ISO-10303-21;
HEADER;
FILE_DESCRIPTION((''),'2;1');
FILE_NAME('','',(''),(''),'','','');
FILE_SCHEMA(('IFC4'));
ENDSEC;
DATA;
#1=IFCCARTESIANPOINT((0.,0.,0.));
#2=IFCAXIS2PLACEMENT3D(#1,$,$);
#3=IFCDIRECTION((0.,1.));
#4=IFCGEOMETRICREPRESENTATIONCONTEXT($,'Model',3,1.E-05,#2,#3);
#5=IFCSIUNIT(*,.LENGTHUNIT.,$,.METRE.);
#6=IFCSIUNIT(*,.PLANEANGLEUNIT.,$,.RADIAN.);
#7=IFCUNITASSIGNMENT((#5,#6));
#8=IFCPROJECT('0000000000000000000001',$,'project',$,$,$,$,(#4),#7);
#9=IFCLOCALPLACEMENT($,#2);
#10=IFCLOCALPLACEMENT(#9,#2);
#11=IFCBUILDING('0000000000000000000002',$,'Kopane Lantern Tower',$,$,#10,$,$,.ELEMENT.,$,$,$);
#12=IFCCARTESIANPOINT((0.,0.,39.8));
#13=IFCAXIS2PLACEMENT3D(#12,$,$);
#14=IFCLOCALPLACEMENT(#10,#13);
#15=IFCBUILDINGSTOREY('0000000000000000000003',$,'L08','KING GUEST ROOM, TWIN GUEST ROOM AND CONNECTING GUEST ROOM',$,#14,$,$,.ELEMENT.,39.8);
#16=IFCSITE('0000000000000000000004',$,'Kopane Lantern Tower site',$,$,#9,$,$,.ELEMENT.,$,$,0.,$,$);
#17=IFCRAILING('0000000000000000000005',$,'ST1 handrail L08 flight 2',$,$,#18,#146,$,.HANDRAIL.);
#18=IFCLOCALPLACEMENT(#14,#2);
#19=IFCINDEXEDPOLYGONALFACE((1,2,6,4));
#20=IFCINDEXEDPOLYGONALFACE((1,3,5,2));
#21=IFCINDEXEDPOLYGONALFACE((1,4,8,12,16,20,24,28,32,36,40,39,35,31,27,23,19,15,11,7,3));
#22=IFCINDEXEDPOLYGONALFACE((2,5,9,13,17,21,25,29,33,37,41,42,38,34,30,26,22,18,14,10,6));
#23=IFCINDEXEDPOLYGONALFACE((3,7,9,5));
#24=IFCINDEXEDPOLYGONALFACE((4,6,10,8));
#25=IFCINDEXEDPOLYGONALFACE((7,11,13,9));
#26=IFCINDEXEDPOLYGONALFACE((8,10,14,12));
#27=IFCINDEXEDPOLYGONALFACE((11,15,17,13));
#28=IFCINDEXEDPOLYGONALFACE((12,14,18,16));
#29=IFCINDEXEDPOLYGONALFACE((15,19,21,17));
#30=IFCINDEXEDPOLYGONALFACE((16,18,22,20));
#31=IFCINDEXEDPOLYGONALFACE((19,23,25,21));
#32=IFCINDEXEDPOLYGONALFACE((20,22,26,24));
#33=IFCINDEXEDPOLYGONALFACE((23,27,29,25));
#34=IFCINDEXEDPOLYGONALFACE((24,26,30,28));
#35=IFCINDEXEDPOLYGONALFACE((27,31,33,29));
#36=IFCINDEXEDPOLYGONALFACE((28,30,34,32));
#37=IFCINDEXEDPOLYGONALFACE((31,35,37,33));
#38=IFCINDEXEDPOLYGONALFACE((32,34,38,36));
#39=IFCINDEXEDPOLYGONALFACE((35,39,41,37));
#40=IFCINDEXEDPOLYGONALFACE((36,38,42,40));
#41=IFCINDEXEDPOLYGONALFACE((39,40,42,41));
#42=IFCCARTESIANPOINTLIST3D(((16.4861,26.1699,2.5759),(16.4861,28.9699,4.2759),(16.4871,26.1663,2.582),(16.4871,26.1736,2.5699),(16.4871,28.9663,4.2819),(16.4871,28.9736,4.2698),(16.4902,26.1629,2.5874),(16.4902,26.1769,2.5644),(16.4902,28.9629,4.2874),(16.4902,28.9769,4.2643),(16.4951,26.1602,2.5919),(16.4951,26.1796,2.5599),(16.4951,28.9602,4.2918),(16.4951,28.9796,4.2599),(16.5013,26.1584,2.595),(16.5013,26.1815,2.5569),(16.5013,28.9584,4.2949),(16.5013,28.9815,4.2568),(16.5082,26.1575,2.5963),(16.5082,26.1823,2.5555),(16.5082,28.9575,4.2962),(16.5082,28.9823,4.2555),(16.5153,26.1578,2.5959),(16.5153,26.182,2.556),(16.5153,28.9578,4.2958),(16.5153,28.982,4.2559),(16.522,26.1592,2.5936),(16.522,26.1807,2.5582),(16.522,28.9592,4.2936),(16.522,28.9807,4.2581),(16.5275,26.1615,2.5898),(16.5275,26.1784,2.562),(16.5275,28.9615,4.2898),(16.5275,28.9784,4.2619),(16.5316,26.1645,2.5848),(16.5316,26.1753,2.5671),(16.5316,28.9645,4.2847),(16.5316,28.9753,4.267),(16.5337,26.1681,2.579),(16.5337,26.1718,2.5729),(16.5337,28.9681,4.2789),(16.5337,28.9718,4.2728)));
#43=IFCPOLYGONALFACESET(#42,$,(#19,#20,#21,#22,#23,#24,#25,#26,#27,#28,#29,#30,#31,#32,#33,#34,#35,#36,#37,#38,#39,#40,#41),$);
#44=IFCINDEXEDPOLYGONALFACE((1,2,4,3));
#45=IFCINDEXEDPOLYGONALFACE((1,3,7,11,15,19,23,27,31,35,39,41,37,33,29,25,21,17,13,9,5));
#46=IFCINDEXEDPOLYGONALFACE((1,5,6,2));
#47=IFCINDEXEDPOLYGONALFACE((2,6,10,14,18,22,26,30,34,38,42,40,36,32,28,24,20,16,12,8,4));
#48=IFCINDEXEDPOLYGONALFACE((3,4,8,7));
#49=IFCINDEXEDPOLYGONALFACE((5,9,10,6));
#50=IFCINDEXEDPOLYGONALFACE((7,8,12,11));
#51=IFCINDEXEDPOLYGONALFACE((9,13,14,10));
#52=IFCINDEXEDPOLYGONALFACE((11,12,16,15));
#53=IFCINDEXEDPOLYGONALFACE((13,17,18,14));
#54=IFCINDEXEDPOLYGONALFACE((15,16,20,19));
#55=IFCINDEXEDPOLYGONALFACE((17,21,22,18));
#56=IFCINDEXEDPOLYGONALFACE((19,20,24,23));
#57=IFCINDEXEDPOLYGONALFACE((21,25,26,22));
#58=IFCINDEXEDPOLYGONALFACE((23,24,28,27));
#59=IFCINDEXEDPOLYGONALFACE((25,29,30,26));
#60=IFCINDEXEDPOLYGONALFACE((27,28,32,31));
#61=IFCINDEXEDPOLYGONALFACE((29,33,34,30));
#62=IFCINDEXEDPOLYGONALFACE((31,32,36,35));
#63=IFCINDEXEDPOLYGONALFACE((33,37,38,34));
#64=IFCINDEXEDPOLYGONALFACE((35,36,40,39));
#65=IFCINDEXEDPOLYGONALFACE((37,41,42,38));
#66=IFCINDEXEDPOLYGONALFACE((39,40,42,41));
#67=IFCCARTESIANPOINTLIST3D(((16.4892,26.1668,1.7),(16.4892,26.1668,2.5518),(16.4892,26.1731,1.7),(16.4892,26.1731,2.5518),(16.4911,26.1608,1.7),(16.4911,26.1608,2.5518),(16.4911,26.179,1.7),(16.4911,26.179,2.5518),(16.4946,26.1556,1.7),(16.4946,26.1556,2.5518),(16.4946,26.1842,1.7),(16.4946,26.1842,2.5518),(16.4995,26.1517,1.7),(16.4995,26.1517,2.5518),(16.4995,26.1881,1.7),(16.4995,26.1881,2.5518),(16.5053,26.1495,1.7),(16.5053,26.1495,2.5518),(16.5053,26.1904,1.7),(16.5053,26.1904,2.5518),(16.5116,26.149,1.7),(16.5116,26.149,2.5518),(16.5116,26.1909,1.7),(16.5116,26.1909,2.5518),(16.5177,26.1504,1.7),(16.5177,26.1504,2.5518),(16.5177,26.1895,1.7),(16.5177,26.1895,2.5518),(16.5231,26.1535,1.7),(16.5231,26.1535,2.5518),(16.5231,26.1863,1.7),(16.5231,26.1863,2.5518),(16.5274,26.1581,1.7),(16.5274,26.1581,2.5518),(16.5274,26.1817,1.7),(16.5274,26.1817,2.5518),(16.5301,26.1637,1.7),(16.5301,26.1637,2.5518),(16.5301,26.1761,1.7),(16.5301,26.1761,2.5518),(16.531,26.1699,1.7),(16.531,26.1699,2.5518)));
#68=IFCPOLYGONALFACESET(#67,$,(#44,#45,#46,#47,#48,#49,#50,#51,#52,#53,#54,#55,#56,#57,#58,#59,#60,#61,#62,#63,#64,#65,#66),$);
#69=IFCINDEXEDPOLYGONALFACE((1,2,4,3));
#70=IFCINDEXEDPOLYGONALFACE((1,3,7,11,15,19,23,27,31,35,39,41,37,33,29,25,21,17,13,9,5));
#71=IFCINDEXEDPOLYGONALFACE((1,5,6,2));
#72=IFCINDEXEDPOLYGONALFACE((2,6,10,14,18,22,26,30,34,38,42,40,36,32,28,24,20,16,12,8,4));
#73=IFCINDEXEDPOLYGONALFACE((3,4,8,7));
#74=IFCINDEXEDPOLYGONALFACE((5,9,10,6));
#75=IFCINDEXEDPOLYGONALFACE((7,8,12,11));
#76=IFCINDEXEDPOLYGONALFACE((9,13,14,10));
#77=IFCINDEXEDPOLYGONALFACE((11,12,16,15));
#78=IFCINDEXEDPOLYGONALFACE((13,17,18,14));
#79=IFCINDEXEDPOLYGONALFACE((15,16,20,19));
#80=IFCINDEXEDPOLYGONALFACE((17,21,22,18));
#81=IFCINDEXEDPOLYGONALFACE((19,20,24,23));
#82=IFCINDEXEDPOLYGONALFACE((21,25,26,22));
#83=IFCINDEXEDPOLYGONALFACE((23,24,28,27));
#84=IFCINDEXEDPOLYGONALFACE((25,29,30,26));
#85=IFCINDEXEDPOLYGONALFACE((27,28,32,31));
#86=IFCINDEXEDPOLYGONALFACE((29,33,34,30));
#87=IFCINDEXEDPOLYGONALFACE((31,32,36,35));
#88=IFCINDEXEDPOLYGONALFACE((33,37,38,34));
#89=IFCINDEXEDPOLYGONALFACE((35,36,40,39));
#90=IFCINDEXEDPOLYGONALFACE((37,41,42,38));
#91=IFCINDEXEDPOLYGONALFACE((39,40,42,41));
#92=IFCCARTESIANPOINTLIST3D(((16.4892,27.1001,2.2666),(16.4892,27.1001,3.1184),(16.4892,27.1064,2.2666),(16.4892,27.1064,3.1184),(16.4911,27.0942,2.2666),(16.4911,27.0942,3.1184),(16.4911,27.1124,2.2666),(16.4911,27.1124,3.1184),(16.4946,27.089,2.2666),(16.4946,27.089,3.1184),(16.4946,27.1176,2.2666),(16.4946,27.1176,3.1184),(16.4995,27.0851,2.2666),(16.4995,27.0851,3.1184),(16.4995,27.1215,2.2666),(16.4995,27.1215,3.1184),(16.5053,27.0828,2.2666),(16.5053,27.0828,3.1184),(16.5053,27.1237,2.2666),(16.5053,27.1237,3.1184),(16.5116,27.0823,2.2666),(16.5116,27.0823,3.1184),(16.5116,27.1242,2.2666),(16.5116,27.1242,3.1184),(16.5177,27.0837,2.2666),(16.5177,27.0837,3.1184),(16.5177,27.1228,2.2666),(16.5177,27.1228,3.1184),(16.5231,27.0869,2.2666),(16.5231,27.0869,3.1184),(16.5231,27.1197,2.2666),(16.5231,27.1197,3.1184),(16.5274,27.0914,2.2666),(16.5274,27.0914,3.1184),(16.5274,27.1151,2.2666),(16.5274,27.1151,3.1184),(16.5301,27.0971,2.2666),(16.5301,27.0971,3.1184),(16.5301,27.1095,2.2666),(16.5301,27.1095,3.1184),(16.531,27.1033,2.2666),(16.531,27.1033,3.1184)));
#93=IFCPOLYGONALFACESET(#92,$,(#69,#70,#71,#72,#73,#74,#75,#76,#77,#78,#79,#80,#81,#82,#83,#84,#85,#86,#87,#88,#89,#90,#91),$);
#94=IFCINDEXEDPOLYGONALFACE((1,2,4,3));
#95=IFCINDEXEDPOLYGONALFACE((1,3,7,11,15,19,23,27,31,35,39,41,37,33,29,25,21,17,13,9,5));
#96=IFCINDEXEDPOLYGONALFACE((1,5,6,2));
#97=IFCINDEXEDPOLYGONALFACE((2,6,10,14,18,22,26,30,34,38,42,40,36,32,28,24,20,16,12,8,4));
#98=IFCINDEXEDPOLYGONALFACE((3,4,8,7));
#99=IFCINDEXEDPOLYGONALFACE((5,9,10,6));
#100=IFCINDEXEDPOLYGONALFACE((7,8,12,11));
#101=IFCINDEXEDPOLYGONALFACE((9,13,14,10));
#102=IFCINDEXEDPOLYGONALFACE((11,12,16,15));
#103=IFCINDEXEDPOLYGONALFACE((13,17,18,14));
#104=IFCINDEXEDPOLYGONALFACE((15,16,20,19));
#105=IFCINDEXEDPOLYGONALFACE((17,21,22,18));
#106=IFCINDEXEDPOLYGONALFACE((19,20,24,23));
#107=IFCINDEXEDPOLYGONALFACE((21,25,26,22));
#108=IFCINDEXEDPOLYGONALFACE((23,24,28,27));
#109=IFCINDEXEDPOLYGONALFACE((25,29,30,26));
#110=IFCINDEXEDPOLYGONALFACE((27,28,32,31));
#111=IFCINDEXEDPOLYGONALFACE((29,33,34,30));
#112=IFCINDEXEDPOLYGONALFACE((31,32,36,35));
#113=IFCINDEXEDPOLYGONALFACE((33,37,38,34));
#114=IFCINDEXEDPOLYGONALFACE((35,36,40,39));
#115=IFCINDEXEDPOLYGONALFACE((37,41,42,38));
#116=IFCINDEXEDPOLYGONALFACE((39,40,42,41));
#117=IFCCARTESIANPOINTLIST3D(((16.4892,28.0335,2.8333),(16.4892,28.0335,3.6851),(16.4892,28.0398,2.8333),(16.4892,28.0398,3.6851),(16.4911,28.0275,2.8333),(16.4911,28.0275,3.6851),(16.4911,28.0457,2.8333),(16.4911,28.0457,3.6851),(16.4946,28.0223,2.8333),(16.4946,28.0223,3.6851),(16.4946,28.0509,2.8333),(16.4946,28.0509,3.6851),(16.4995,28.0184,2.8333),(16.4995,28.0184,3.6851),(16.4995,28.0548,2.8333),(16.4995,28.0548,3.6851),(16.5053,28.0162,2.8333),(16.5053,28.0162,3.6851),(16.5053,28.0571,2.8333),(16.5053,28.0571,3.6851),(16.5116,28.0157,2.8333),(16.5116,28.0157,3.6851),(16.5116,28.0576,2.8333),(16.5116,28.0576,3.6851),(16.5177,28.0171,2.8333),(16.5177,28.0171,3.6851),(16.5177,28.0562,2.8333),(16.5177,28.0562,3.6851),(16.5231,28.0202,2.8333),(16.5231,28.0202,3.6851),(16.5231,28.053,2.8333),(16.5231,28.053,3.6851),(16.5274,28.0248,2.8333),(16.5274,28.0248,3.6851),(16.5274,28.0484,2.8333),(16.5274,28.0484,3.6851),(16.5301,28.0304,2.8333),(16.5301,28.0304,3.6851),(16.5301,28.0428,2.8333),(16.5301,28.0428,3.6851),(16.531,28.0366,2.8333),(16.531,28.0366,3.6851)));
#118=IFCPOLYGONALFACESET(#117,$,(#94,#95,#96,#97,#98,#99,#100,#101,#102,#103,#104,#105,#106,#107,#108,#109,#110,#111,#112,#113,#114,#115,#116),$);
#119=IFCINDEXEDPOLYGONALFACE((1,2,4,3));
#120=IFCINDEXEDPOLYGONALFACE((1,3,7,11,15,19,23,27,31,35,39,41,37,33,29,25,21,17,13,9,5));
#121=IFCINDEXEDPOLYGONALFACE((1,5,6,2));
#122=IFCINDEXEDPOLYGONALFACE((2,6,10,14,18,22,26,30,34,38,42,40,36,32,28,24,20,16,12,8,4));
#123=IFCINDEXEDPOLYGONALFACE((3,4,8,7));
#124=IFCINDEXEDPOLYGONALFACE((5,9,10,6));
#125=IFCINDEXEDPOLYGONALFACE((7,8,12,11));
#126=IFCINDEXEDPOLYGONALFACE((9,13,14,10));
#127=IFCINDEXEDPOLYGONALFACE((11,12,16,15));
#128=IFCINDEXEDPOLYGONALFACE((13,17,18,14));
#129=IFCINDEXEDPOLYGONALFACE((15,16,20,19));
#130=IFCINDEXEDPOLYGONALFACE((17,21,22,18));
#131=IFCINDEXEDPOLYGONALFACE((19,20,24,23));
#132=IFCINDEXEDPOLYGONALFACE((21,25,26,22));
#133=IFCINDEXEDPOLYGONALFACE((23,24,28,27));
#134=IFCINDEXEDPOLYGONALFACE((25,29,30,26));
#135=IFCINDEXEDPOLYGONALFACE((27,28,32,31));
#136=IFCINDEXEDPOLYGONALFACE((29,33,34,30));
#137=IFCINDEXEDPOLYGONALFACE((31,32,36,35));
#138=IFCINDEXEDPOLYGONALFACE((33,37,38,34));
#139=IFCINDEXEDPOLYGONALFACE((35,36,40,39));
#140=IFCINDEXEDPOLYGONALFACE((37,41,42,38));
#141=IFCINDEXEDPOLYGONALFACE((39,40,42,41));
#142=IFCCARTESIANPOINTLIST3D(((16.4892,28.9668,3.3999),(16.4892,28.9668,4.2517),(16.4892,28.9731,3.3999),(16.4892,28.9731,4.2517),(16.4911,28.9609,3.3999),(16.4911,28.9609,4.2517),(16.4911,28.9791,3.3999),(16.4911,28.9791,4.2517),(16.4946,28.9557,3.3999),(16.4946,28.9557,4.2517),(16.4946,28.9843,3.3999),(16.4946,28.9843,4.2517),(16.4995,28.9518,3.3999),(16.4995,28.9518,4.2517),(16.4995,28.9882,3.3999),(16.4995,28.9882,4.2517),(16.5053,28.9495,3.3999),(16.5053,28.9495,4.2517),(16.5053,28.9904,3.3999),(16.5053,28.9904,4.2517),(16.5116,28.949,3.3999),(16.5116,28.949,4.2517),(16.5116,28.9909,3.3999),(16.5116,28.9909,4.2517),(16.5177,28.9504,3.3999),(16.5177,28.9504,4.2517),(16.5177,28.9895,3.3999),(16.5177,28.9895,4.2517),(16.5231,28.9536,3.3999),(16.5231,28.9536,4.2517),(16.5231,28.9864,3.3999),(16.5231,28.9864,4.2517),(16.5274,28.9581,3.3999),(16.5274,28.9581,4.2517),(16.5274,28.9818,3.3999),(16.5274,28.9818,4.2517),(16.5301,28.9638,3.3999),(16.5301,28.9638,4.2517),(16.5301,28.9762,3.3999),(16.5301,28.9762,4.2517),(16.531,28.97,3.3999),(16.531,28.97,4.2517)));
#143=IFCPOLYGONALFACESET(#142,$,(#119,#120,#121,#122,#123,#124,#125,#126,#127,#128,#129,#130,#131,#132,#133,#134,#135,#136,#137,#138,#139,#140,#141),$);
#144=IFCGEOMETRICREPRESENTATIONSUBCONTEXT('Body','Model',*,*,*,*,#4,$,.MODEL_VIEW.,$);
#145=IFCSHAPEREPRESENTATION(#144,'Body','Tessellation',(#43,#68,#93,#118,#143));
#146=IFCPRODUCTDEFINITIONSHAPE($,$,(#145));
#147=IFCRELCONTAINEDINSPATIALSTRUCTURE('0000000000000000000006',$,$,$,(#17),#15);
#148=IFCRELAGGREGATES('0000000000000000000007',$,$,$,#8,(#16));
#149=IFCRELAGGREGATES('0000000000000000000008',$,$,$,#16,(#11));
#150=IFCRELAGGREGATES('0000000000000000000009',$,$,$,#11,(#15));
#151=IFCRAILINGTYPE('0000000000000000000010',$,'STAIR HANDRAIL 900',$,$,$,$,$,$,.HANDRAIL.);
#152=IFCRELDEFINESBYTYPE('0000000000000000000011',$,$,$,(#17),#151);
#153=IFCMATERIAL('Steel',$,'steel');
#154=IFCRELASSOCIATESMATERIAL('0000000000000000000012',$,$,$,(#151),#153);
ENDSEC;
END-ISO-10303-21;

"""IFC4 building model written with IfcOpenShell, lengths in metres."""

from ifc_helpers import new_model, si_unit, direction, frame, origin, origin_2d, place, context, subcontext, project, spatial, circle, extrude, material, type_object, element, save


model = new_model("IFC4")

# Units and contexts
model_context = context("Model", 3, precision=1e-05, world=origin(), true_north=direction((0.0, 1.0)))
body_context = subcontext(model_context, "Body", "Model", "MODEL_VIEW")
ifc_project = project(units=[si_unit("LENGTHUNIT", "METRE"), si_unit("PLANEANGLEUNIT", "RADIAN")], contexts=[model_context])

# Site, building, storey
site_placement = place(None, origin())
site = spatial("IfcSite", under=ifc_project, at=site_placement, Name="Kopane Lantern Tower site", CompositionType="ELEMENT", RefElevation=0.0)
building_placement = place(site_placement, origin())
building = spatial("IfcBuilding", under=site, at=building_placement, Name="Kopane Lantern Tower", CompositionType="ELEMENT")
storey_placement = place(building_placement, frame((0.0, 0.0, 39.8)))
storey = spatial("IfcBuildingStorey", under=building, at=storey_placement, Name="L08", Description="KING GUEST ROOM, TWIN GUEST ROOM AND CONNECTING GUEST ROOM", CompositionType="ELEMENT", Elevation=39.8)

# Railing
ifc_material_1 = material(Name="Steel", Category="steel")
railing_type_1 = type_object("IfcRailingType", Name="STAIR HANDRAIL 900", PredefinedType="HANDRAIL", material=ifc_material_1)
for number, where, name in (
    (1, (16.51, 26.1699, 1.7), "ST1 handrail L08 flight 2"),
):
    element("IfcRailing", number, at=place(storey_placement, frame(where)), inside=storey, type_object=railing_type_1, Name=name, PredefinedType="HANDRAIL", context=body_context, shape_type="SweptSolid", body=[
        extrude(circle(Radius=0.0239, at=origin_2d()), frame((0.0, 0.0, 0.876), z_axis=(0.0, 0.854798, 0.518961), x_axis=(-1.0, 0.0, 0.0)), (0.0, 0.0, 1.0), 3.2756),
        extrude(circle(Radius=0.021, at=origin_2d()), origin(), (0.0, 0.0, 1.0), 0.8518),
        extrude(circle(Radius=0.021, at=origin_2d()), frame((0.0, 0.9333, 0.5667)), (0.0, 0.0, 1.0), 0.8518),
        extrude(circle(Radius=0.021, at=origin_2d()), frame((0.0, 1.8667, 1.1333)), (0.0, 0.0, 1.0), 0.8518),
        extrude(circle(Radius=0.021, at=origin_2d()), frame((0.0, 2.8, 1.7)), (0.0, 0.0, 1.0), 0.8518),
    ])

save(model, "model.ifc")
